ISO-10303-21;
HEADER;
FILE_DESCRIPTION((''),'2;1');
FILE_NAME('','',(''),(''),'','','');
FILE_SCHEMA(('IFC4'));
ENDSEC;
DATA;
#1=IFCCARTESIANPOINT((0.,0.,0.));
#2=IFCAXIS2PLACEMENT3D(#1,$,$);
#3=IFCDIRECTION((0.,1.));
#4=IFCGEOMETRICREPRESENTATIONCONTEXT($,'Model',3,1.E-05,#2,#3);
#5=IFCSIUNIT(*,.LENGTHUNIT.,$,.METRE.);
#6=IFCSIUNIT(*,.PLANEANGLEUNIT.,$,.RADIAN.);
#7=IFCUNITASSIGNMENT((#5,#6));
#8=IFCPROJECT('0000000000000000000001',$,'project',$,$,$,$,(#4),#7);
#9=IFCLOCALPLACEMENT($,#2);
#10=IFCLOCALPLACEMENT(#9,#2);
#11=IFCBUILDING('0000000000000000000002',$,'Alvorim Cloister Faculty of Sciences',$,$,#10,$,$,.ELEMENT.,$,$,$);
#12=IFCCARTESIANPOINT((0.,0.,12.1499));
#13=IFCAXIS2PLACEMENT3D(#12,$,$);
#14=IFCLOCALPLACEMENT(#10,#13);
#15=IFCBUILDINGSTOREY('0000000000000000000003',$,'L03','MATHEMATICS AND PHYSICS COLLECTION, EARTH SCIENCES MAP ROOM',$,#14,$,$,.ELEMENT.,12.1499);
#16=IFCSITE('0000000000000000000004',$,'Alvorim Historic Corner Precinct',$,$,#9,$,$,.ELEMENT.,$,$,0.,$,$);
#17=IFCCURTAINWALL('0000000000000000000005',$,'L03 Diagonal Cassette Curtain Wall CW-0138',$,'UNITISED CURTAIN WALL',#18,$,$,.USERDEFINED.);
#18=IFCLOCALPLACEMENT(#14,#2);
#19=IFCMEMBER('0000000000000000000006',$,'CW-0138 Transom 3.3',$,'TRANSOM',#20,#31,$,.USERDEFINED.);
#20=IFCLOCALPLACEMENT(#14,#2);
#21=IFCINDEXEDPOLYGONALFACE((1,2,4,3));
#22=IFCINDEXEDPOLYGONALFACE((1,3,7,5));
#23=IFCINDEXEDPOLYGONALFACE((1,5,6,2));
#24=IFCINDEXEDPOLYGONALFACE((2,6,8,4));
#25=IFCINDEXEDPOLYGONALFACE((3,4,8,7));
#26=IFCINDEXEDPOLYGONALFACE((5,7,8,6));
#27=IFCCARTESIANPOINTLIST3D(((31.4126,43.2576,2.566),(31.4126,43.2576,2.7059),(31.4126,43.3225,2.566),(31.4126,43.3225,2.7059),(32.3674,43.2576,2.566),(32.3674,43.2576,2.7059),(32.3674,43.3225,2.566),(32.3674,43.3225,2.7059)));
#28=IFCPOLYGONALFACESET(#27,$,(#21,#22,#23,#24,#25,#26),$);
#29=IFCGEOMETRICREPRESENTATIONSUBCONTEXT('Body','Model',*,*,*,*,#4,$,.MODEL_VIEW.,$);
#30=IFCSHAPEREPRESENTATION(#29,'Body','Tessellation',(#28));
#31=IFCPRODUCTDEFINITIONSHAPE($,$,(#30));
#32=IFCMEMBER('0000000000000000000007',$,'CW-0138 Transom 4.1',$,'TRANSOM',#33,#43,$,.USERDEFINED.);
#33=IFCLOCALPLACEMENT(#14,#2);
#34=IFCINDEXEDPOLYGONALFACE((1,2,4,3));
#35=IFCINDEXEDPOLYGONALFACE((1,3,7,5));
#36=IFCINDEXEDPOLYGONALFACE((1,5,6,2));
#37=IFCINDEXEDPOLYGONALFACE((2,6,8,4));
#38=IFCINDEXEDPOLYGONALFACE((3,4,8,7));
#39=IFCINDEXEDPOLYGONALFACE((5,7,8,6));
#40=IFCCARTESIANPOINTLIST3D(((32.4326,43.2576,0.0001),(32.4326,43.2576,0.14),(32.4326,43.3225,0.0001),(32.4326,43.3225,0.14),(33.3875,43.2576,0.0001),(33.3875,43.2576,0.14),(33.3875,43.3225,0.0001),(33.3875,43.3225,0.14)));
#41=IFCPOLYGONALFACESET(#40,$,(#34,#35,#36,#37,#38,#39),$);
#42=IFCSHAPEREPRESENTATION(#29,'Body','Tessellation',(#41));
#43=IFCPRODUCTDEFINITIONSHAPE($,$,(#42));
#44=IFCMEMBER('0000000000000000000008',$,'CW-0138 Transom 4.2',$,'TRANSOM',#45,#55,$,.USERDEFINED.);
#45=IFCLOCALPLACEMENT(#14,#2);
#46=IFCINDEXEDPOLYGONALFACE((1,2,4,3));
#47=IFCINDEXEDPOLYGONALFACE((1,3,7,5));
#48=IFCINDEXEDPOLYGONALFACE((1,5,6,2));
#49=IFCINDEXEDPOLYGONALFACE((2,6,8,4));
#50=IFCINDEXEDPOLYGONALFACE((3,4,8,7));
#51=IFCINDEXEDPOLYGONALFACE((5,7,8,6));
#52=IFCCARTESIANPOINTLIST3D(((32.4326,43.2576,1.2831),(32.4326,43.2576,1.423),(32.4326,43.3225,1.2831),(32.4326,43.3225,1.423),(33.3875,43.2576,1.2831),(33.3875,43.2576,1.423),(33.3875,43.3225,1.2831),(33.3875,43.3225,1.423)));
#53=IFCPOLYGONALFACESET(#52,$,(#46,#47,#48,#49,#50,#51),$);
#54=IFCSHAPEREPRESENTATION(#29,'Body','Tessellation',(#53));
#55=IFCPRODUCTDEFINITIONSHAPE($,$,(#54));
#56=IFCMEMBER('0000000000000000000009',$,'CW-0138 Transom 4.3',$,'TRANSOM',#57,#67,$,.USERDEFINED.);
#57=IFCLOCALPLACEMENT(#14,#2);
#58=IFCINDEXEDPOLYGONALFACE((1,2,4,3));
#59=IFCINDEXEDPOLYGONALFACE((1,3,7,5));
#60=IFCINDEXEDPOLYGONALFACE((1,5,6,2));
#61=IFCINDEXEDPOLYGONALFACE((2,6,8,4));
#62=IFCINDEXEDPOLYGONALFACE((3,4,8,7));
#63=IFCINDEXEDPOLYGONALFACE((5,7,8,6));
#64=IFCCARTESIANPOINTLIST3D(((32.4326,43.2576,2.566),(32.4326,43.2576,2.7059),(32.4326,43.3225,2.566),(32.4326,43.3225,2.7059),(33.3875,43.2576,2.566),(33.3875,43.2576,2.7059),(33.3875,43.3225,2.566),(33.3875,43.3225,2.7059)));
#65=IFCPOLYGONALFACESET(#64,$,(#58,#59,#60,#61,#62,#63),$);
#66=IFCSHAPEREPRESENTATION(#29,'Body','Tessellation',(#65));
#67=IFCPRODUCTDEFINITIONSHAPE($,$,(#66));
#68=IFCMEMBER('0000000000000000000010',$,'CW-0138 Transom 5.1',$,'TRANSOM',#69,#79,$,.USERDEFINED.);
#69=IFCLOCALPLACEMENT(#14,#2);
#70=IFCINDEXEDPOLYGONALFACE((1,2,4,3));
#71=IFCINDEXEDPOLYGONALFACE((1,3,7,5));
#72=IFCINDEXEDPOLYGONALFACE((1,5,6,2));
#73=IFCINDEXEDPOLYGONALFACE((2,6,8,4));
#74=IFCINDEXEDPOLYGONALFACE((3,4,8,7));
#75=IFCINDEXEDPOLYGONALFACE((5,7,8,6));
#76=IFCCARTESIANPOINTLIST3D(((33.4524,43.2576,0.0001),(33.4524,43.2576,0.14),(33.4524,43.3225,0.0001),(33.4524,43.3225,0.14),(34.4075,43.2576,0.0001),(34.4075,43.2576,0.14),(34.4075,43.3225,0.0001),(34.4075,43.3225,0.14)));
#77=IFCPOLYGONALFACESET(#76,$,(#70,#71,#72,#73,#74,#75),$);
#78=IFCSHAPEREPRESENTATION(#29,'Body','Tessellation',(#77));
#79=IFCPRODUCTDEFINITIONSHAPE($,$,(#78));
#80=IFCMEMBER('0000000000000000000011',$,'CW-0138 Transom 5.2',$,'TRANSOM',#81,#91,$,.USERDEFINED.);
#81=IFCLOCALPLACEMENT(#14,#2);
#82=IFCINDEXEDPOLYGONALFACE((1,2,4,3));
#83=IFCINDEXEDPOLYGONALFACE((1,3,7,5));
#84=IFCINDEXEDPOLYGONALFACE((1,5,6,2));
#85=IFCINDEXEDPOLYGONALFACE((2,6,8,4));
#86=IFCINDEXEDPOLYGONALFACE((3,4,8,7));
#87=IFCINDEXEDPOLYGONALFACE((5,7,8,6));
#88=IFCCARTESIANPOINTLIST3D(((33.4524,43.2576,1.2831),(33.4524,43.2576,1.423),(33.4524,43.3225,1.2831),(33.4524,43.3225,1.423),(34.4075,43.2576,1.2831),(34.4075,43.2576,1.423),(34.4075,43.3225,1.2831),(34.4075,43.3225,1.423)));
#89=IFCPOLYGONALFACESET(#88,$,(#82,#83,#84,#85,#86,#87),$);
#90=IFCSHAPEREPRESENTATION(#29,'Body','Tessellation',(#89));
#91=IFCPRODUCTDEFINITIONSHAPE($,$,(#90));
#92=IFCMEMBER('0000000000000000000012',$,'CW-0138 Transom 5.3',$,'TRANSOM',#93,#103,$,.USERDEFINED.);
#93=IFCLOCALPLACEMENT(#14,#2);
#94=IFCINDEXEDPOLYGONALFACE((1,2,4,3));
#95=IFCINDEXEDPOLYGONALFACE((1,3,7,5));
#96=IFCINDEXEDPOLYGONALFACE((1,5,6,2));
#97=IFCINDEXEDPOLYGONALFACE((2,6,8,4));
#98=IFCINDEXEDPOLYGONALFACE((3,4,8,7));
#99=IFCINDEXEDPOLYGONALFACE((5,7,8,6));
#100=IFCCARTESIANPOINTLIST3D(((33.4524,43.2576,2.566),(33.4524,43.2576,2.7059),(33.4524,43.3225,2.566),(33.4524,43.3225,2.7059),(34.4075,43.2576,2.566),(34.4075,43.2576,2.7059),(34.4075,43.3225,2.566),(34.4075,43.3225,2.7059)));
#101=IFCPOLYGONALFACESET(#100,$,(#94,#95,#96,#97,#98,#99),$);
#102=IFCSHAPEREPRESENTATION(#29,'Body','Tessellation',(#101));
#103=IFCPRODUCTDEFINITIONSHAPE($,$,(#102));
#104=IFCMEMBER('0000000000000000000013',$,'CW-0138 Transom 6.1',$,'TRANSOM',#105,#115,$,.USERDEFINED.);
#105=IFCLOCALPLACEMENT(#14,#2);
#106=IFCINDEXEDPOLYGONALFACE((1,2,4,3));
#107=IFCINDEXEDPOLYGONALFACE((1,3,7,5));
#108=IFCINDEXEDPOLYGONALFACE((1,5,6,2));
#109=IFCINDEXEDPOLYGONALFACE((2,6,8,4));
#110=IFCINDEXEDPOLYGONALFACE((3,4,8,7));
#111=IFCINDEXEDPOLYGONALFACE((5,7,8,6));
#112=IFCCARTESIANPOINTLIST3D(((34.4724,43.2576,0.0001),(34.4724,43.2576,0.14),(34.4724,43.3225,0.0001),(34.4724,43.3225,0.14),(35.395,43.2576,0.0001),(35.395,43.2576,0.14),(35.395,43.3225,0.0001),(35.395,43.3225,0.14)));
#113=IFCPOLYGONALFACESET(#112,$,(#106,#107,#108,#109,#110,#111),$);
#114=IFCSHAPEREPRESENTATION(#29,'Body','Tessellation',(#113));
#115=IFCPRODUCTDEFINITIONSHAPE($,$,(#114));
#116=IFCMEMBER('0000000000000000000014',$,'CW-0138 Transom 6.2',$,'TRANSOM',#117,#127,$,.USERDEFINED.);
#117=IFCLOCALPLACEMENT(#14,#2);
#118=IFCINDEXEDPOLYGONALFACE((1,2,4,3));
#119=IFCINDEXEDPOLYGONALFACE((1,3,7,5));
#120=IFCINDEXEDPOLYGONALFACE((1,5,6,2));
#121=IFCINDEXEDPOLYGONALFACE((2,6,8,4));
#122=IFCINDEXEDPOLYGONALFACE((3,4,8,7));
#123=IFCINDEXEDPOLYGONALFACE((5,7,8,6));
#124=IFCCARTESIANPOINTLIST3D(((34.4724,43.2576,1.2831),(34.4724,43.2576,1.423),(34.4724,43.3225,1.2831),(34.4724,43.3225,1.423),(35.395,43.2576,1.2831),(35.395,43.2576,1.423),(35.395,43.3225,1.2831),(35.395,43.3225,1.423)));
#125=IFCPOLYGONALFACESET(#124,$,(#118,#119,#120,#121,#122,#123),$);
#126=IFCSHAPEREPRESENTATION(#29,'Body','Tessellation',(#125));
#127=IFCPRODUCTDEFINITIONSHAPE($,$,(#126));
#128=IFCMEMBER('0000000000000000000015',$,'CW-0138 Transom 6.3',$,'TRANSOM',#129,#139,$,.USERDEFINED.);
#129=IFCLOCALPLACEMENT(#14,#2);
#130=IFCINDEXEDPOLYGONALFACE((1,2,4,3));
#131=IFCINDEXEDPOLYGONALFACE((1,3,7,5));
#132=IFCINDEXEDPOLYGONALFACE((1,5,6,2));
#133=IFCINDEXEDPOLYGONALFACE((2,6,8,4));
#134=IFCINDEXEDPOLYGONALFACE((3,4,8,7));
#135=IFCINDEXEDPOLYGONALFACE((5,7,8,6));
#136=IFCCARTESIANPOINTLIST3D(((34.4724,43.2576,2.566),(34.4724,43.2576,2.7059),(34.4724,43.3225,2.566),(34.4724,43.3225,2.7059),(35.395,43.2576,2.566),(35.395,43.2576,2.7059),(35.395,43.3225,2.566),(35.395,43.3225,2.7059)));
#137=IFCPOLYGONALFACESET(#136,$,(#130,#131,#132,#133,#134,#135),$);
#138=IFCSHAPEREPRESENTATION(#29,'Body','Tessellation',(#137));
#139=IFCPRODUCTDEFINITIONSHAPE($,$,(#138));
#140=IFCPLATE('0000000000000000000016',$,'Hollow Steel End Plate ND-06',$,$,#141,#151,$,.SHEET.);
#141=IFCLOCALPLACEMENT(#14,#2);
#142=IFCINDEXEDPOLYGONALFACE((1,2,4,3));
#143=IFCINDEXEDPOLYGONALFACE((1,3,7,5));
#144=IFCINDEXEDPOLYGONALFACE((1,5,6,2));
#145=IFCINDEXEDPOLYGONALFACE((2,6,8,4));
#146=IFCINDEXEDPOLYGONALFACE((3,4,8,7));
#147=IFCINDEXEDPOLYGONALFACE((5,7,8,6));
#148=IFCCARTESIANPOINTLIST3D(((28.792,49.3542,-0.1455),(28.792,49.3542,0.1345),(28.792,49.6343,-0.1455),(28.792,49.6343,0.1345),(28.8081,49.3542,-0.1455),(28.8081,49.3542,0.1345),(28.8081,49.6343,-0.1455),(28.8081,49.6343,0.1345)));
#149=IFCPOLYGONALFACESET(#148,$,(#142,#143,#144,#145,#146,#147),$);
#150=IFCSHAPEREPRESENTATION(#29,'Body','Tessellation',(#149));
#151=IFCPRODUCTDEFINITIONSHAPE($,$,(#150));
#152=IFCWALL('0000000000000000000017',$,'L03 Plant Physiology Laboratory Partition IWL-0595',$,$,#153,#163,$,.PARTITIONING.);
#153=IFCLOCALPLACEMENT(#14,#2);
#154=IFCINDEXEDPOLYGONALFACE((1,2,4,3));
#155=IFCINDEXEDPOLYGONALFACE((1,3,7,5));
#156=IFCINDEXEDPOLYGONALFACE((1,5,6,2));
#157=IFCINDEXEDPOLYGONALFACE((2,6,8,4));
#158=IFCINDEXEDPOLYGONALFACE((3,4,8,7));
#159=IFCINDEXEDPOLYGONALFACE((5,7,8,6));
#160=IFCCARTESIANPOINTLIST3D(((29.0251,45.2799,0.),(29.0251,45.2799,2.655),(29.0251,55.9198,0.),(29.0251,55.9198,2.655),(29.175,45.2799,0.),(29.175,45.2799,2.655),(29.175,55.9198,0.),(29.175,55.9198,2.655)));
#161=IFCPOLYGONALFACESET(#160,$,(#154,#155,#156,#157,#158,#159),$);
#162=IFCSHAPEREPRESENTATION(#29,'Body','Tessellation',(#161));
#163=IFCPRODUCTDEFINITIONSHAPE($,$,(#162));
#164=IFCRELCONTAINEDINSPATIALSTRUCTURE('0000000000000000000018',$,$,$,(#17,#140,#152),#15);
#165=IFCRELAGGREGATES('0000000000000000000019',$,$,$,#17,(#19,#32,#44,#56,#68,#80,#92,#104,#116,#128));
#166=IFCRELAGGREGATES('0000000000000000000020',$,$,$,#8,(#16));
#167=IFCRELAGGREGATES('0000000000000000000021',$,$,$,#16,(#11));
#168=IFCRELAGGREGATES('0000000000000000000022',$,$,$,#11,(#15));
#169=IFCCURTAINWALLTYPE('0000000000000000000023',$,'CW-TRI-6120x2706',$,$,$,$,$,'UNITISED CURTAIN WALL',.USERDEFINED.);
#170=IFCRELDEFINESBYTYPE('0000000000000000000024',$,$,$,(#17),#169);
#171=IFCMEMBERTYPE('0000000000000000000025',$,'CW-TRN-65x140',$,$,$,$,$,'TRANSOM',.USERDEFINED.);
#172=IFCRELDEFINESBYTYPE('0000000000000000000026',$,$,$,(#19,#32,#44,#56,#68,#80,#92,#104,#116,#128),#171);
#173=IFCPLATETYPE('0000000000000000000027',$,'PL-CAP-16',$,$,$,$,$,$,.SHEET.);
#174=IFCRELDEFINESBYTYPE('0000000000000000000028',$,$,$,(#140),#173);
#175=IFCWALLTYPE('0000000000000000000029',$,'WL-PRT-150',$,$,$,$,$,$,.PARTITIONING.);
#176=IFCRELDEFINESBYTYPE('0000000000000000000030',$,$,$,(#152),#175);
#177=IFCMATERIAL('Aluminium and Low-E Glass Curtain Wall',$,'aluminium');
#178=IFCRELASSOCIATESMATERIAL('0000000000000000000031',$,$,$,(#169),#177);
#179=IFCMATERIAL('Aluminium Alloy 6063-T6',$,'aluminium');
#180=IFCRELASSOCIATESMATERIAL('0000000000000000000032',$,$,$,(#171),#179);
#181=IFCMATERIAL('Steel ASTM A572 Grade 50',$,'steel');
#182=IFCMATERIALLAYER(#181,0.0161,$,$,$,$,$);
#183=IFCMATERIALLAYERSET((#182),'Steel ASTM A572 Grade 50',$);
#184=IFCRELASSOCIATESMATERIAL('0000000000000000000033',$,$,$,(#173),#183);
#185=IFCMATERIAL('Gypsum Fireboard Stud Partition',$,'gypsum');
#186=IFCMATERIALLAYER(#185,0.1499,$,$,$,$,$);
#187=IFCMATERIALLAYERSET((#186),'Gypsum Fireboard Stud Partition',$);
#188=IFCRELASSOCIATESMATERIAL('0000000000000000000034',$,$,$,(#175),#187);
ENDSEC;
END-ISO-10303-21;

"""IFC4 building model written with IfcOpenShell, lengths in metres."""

from ifc_helpers import new_model, si_unit, direction, frame, frame_2d, origin, origin_2d, place, context, subcontext, project, spatial, polyline, rectangle, outline, extrude, material, layer, layer_set, material_profile, profile_set, type_object, element, aggregate, save


model = new_model("IFC4")

# Units and contexts
model_context = context("Model", 3, precision=1e-05, world=origin(), true_north=direction((0.0, 1.0)))
body_context = subcontext(model_context, "Body", "Model", "MODEL_VIEW")
ifc_project = project(units=[si_unit("LENGTHUNIT", "METRE"), si_unit("PLANEANGLEUNIT", "RADIAN")], contexts=[model_context])

# Site, building, storey
site_placement = place(None, origin())
site = spatial("IfcSite", under=ifc_project, at=site_placement, Name="Alvorim Historic Corner Precinct", CompositionType="ELEMENT", RefElevation=0.0)
building_placement = place(site_placement, origin())
building = spatial("IfcBuilding", under=site, at=building_placement, Name="Alvorim Cloister Faculty of Sciences", CompositionType="ELEMENT")
storey_placement = place(building_placement, frame((0.0, 0.0, 12.1499)))
storey = spatial("IfcBuildingStorey", under=building, at=storey_placement, Name="L03", Description="MATHEMATICS AND PHYSICS COLLECTION, EARTH SCIENCES MAP ROOM", CompositionType="ELEMENT", Elevation=12.1499)

# Curtain wall, members
ifc_material_1 = material(Name="Aluminium and Low-E Glass Curtain Wall", Category="aluminium")
curtain_wall_type = type_object("IfcCurtainWallType", Name="CW-TRI-6120x2706", ElementType="UNITISED CURTAIN WALL", PredefinedType="USERDEFINED", material=ifc_material_1)
curtain_wall_placement = place(storey_placement, origin())
curtain_wall = element("IfcCurtainWall", 1, at=curtain_wall_placement, inside=storey, type_object=curtain_wall_type, Name="L03 Diagonal Cassette Curtain Wall CW-0138", ObjectType="UNITISED CURTAIN WALL", PredefinedType="USERDEFINED")
ifc_material_2 = material(Name="Aluminium Alloy 6063-T6", Category="aluminium")
ifc_material_profile_1 = material_profile(ifc_material_2, rectangle(XDim=0.0649, YDim=0.1399, at=origin_2d()), Name="ALU-TRN-65x140")
ifc_profile_set_1 = profile_set([ifc_material_profile_1], Name="Aluminium Alloy 6063-T6")
member_type_1 = type_object("IfcMemberType", Name="CW-TRN-65x140", ElementType="TRANSOM", PredefinedType="USERDEFINED", material=ifc_profile_set_1)
member_1_placement = place(storey_placement, frame((31.4126, 43.29, 2.636), z_axis=(1.0, 0.0, 0.0), x_axis=(0.0, 1.0, 0.0)))
member_1 = element("IfcMember", 2, at=member_1_placement, type_object=member_type_1, Name="CW-0138 Transom 3.3", ObjectType="TRANSOM", PredefinedType="USERDEFINED", context=body_context, shape_type="SweptSolid", body=[
    extrude(rectangle(XDim=0.0649, YDim=0.1399, at=origin_2d()), origin(), (0.0, 0.0, 1.0), 0.9548),
])
member_2_placement = place(storey_placement, frame((32.4326, 43.29, 0.0701), z_axis=(1.0, 0.0, 0.0), x_axis=(0.0, 1.0, 0.0)))
member_2 = element("IfcMember", 3, at=member_2_placement, type_object=member_type_1, Name="CW-0138 Transom 4.1", ObjectType="TRANSOM", PredefinedType="USERDEFINED", context=body_context, shape_type="SweptSolid", body=[
    extrude(rectangle(XDim=0.0649, YDim=0.1399, at=origin_2d()), origin(), (0.0, 0.0, 1.0), 0.9548),
])
member_3_placement = place(storey_placement, frame((32.4326, 43.29, 1.353), z_axis=(1.0, 0.0, 0.0), x_axis=(0.0, 1.0, 0.0)))
member_3 = element("IfcMember", 4, at=member_3_placement, type_object=member_type_1, Name="CW-0138 Transom 4.2", ObjectType="TRANSOM", PredefinedType="USERDEFINED", context=body_context, shape_type="SweptSolid", body=[
    extrude(rectangle(XDim=0.0649, YDim=0.1399, at=origin_2d()), origin(), (0.0, 0.0, 1.0), 0.9548),
])
member_4_placement = place(storey_placement, frame((32.4326, 43.29, 2.636), z_axis=(1.0, 0.0, 0.0), x_axis=(0.0, 1.0, 0.0)))
member_4 = element("IfcMember", 5, at=member_4_placement, type_object=member_type_1, Name="CW-0138 Transom 4.3", ObjectType="TRANSOM", PredefinedType="USERDEFINED", context=body_context, shape_type="SweptSolid", body=[
    extrude(rectangle(XDim=0.0649, YDim=0.1399, at=origin_2d()), origin(), (0.0, 0.0, 1.0), 0.9548),
])
member_5_placement = place(storey_placement, frame((33.4524, 43.29, 0.0701), z_axis=(1.0, 0.0, 0.0), x_axis=(0.0, 1.0, 0.0)))
member_5 = element("IfcMember", 6, at=member_5_placement, type_object=member_type_1, Name="CW-0138 Transom 5.1", ObjectType="TRANSOM", PredefinedType="USERDEFINED", context=body_context, shape_type="SweptSolid", body=[
    extrude(rectangle(XDim=0.0649, YDim=0.1399, at=origin_2d()), origin(), (0.0, 0.0, 1.0), 0.9551),
])
member_6_placement = place(storey_placement, frame((33.4524, 43.29, 1.353), z_axis=(1.0, 0.0, 0.0), x_axis=(0.0, 1.0, 0.0)))
member_6 = element("IfcMember", 7, at=member_6_placement, type_object=member_type_1, Name="CW-0138 Transom 5.2", ObjectType="TRANSOM", PredefinedType="USERDEFINED", context=body_context, shape_type="SweptSolid", body=[
    extrude(rectangle(XDim=0.0649, YDim=0.1399, at=origin_2d()), origin(), (0.0, 0.0, 1.0), 0.9551),
])
member_7_placement = place(storey_placement, frame((33.4524, 43.29, 2.636), z_axis=(1.0, 0.0, 0.0), x_axis=(0.0, 1.0, 0.0)))
member_7 = element("IfcMember", 8, at=member_7_placement, type_object=member_type_1, Name="CW-0138 Transom 5.3", ObjectType="TRANSOM", PredefinedType="USERDEFINED", context=body_context, shape_type="SweptSolid", body=[
    extrude(rectangle(XDim=0.0649, YDim=0.1399, at=origin_2d()), origin(), (0.0, 0.0, 1.0), 0.9551),
])
member_8_placement = place(storey_placement, frame((34.4724, 43.29, 0.0701), z_axis=(1.0, 0.0, 0.0), x_axis=(0.0, 1.0, 0.0)))
member_8 = element("IfcMember", 9, at=member_8_placement, type_object=member_type_1, Name="CW-0138 Transom 6.1", ObjectType="TRANSOM", PredefinedType="USERDEFINED", context=body_context, shape_type="SweptSolid", body=[
    extrude(rectangle(XDim=0.0649, YDim=0.1399, at=origin_2d()), origin(), (0.0, 0.0, 1.0), 0.9226),
])
member_9_placement = place(storey_placement, frame((34.4724, 43.29, 1.353), z_axis=(1.0, 0.0, 0.0), x_axis=(0.0, 1.0, 0.0)))
member_9 = element("IfcMember", 10, at=member_9_placement, type_object=member_type_1, Name="CW-0138 Transom 6.2", ObjectType="TRANSOM", PredefinedType="USERDEFINED", context=body_context, shape_type="SweptSolid", body=[
    extrude(rectangle(XDim=0.0649, YDim=0.1399, at=origin_2d()), origin(), (0.0, 0.0, 1.0), 0.9226),
])
member_10_placement = place(storey_placement, frame((34.4724, 43.29, 2.636), z_axis=(1.0, 0.0, 0.0), x_axis=(0.0, 1.0, 0.0)))
member_10 = element("IfcMember", 11, at=member_10_placement, type_object=member_type_1, Name="CW-0138 Transom 6.3", ObjectType="TRANSOM", PredefinedType="USERDEFINED", context=body_context, shape_type="SweptSolid", body=[
    extrude(rectangle(XDim=0.0649, YDim=0.1399, at=origin_2d()), origin(), (0.0, 0.0, 1.0), 0.9226),
])
aggregate(curtain_wall, [member_1, member_2, member_3, member_4, member_5, member_6, member_7, member_8, member_9, member_10])

# Plate
ifc_material_3 = material(Name="Steel ASTM A572 Grade 50", Category="steel")
ifc_layer_1 = layer(ifc_material_3, 0.0161)
ifc_layer_set_1 = layer_set([ifc_layer_1], Name="Steel ASTM A572 Grade 50")
plate_type = type_object("IfcPlateType", Name="PL-CAP-16", PredefinedType="SHEET", material=ifc_layer_set_1)
plate_placement = place(storey_placement, frame((28.8, 49.3542, -0.1455), z_axis=(0.0, 0.0, 1.0), x_axis=(0.0, 1.0, 0.0)))
element("IfcPlate", 12, at=plate_placement, inside=storey, type_object=plate_type, Name="Hollow Steel End Plate ND-06", PredefinedType="SHEET", context=body_context, shape_type="SweptSolid", body=[
    extrude(outline(polyline([(0.0, 0.0), (0.28, 0.0), (0.28, 0.28), (0.0, 0.28), (0.0, 0.0)])), frame((0.0, 0.0081, 0.0), z_axis=(0.0, -1.0, 0.0), x_axis=(1.0, 0.0, 0.0)), (0.0, 0.0, 1.0), 0.0161),
])

# Wall
ifc_material_4 = material(Name="Gypsum Fireboard Stud Partition", Category="gypsum")
ifc_layer_2 = layer(ifc_material_4, 0.1499)
ifc_layer_set_2 = layer_set([ifc_layer_2], Name="Gypsum Fireboard Stud Partition")
wall_type = type_object("IfcWallType", Name="WL-PRT-150", PredefinedType="PARTITIONING", material=ifc_layer_set_2)
wall_1_placement = place(storey_placement, frame((29.1001, 45.28, 0.0), z_axis=(0.0, 0.0, 1.0), x_axis=(0.0, 1.0, 0.0)))
element("IfcWall", 13, at=wall_1_placement, inside=storey, type_object=wall_type, Name="L03 Plant Physiology Laboratory Partition IWL-0595", PredefinedType="PARTITIONING", context=body_context, shape_type="SweptSolid", body=[
    extrude(rectangle(XDim=10.6399, YDim=0.1499, at=frame_2d((5.3198, 0.0))), origin(), (0.0, 0.0, 1.0), 2.655),
])

save(model, "model.ifc")
